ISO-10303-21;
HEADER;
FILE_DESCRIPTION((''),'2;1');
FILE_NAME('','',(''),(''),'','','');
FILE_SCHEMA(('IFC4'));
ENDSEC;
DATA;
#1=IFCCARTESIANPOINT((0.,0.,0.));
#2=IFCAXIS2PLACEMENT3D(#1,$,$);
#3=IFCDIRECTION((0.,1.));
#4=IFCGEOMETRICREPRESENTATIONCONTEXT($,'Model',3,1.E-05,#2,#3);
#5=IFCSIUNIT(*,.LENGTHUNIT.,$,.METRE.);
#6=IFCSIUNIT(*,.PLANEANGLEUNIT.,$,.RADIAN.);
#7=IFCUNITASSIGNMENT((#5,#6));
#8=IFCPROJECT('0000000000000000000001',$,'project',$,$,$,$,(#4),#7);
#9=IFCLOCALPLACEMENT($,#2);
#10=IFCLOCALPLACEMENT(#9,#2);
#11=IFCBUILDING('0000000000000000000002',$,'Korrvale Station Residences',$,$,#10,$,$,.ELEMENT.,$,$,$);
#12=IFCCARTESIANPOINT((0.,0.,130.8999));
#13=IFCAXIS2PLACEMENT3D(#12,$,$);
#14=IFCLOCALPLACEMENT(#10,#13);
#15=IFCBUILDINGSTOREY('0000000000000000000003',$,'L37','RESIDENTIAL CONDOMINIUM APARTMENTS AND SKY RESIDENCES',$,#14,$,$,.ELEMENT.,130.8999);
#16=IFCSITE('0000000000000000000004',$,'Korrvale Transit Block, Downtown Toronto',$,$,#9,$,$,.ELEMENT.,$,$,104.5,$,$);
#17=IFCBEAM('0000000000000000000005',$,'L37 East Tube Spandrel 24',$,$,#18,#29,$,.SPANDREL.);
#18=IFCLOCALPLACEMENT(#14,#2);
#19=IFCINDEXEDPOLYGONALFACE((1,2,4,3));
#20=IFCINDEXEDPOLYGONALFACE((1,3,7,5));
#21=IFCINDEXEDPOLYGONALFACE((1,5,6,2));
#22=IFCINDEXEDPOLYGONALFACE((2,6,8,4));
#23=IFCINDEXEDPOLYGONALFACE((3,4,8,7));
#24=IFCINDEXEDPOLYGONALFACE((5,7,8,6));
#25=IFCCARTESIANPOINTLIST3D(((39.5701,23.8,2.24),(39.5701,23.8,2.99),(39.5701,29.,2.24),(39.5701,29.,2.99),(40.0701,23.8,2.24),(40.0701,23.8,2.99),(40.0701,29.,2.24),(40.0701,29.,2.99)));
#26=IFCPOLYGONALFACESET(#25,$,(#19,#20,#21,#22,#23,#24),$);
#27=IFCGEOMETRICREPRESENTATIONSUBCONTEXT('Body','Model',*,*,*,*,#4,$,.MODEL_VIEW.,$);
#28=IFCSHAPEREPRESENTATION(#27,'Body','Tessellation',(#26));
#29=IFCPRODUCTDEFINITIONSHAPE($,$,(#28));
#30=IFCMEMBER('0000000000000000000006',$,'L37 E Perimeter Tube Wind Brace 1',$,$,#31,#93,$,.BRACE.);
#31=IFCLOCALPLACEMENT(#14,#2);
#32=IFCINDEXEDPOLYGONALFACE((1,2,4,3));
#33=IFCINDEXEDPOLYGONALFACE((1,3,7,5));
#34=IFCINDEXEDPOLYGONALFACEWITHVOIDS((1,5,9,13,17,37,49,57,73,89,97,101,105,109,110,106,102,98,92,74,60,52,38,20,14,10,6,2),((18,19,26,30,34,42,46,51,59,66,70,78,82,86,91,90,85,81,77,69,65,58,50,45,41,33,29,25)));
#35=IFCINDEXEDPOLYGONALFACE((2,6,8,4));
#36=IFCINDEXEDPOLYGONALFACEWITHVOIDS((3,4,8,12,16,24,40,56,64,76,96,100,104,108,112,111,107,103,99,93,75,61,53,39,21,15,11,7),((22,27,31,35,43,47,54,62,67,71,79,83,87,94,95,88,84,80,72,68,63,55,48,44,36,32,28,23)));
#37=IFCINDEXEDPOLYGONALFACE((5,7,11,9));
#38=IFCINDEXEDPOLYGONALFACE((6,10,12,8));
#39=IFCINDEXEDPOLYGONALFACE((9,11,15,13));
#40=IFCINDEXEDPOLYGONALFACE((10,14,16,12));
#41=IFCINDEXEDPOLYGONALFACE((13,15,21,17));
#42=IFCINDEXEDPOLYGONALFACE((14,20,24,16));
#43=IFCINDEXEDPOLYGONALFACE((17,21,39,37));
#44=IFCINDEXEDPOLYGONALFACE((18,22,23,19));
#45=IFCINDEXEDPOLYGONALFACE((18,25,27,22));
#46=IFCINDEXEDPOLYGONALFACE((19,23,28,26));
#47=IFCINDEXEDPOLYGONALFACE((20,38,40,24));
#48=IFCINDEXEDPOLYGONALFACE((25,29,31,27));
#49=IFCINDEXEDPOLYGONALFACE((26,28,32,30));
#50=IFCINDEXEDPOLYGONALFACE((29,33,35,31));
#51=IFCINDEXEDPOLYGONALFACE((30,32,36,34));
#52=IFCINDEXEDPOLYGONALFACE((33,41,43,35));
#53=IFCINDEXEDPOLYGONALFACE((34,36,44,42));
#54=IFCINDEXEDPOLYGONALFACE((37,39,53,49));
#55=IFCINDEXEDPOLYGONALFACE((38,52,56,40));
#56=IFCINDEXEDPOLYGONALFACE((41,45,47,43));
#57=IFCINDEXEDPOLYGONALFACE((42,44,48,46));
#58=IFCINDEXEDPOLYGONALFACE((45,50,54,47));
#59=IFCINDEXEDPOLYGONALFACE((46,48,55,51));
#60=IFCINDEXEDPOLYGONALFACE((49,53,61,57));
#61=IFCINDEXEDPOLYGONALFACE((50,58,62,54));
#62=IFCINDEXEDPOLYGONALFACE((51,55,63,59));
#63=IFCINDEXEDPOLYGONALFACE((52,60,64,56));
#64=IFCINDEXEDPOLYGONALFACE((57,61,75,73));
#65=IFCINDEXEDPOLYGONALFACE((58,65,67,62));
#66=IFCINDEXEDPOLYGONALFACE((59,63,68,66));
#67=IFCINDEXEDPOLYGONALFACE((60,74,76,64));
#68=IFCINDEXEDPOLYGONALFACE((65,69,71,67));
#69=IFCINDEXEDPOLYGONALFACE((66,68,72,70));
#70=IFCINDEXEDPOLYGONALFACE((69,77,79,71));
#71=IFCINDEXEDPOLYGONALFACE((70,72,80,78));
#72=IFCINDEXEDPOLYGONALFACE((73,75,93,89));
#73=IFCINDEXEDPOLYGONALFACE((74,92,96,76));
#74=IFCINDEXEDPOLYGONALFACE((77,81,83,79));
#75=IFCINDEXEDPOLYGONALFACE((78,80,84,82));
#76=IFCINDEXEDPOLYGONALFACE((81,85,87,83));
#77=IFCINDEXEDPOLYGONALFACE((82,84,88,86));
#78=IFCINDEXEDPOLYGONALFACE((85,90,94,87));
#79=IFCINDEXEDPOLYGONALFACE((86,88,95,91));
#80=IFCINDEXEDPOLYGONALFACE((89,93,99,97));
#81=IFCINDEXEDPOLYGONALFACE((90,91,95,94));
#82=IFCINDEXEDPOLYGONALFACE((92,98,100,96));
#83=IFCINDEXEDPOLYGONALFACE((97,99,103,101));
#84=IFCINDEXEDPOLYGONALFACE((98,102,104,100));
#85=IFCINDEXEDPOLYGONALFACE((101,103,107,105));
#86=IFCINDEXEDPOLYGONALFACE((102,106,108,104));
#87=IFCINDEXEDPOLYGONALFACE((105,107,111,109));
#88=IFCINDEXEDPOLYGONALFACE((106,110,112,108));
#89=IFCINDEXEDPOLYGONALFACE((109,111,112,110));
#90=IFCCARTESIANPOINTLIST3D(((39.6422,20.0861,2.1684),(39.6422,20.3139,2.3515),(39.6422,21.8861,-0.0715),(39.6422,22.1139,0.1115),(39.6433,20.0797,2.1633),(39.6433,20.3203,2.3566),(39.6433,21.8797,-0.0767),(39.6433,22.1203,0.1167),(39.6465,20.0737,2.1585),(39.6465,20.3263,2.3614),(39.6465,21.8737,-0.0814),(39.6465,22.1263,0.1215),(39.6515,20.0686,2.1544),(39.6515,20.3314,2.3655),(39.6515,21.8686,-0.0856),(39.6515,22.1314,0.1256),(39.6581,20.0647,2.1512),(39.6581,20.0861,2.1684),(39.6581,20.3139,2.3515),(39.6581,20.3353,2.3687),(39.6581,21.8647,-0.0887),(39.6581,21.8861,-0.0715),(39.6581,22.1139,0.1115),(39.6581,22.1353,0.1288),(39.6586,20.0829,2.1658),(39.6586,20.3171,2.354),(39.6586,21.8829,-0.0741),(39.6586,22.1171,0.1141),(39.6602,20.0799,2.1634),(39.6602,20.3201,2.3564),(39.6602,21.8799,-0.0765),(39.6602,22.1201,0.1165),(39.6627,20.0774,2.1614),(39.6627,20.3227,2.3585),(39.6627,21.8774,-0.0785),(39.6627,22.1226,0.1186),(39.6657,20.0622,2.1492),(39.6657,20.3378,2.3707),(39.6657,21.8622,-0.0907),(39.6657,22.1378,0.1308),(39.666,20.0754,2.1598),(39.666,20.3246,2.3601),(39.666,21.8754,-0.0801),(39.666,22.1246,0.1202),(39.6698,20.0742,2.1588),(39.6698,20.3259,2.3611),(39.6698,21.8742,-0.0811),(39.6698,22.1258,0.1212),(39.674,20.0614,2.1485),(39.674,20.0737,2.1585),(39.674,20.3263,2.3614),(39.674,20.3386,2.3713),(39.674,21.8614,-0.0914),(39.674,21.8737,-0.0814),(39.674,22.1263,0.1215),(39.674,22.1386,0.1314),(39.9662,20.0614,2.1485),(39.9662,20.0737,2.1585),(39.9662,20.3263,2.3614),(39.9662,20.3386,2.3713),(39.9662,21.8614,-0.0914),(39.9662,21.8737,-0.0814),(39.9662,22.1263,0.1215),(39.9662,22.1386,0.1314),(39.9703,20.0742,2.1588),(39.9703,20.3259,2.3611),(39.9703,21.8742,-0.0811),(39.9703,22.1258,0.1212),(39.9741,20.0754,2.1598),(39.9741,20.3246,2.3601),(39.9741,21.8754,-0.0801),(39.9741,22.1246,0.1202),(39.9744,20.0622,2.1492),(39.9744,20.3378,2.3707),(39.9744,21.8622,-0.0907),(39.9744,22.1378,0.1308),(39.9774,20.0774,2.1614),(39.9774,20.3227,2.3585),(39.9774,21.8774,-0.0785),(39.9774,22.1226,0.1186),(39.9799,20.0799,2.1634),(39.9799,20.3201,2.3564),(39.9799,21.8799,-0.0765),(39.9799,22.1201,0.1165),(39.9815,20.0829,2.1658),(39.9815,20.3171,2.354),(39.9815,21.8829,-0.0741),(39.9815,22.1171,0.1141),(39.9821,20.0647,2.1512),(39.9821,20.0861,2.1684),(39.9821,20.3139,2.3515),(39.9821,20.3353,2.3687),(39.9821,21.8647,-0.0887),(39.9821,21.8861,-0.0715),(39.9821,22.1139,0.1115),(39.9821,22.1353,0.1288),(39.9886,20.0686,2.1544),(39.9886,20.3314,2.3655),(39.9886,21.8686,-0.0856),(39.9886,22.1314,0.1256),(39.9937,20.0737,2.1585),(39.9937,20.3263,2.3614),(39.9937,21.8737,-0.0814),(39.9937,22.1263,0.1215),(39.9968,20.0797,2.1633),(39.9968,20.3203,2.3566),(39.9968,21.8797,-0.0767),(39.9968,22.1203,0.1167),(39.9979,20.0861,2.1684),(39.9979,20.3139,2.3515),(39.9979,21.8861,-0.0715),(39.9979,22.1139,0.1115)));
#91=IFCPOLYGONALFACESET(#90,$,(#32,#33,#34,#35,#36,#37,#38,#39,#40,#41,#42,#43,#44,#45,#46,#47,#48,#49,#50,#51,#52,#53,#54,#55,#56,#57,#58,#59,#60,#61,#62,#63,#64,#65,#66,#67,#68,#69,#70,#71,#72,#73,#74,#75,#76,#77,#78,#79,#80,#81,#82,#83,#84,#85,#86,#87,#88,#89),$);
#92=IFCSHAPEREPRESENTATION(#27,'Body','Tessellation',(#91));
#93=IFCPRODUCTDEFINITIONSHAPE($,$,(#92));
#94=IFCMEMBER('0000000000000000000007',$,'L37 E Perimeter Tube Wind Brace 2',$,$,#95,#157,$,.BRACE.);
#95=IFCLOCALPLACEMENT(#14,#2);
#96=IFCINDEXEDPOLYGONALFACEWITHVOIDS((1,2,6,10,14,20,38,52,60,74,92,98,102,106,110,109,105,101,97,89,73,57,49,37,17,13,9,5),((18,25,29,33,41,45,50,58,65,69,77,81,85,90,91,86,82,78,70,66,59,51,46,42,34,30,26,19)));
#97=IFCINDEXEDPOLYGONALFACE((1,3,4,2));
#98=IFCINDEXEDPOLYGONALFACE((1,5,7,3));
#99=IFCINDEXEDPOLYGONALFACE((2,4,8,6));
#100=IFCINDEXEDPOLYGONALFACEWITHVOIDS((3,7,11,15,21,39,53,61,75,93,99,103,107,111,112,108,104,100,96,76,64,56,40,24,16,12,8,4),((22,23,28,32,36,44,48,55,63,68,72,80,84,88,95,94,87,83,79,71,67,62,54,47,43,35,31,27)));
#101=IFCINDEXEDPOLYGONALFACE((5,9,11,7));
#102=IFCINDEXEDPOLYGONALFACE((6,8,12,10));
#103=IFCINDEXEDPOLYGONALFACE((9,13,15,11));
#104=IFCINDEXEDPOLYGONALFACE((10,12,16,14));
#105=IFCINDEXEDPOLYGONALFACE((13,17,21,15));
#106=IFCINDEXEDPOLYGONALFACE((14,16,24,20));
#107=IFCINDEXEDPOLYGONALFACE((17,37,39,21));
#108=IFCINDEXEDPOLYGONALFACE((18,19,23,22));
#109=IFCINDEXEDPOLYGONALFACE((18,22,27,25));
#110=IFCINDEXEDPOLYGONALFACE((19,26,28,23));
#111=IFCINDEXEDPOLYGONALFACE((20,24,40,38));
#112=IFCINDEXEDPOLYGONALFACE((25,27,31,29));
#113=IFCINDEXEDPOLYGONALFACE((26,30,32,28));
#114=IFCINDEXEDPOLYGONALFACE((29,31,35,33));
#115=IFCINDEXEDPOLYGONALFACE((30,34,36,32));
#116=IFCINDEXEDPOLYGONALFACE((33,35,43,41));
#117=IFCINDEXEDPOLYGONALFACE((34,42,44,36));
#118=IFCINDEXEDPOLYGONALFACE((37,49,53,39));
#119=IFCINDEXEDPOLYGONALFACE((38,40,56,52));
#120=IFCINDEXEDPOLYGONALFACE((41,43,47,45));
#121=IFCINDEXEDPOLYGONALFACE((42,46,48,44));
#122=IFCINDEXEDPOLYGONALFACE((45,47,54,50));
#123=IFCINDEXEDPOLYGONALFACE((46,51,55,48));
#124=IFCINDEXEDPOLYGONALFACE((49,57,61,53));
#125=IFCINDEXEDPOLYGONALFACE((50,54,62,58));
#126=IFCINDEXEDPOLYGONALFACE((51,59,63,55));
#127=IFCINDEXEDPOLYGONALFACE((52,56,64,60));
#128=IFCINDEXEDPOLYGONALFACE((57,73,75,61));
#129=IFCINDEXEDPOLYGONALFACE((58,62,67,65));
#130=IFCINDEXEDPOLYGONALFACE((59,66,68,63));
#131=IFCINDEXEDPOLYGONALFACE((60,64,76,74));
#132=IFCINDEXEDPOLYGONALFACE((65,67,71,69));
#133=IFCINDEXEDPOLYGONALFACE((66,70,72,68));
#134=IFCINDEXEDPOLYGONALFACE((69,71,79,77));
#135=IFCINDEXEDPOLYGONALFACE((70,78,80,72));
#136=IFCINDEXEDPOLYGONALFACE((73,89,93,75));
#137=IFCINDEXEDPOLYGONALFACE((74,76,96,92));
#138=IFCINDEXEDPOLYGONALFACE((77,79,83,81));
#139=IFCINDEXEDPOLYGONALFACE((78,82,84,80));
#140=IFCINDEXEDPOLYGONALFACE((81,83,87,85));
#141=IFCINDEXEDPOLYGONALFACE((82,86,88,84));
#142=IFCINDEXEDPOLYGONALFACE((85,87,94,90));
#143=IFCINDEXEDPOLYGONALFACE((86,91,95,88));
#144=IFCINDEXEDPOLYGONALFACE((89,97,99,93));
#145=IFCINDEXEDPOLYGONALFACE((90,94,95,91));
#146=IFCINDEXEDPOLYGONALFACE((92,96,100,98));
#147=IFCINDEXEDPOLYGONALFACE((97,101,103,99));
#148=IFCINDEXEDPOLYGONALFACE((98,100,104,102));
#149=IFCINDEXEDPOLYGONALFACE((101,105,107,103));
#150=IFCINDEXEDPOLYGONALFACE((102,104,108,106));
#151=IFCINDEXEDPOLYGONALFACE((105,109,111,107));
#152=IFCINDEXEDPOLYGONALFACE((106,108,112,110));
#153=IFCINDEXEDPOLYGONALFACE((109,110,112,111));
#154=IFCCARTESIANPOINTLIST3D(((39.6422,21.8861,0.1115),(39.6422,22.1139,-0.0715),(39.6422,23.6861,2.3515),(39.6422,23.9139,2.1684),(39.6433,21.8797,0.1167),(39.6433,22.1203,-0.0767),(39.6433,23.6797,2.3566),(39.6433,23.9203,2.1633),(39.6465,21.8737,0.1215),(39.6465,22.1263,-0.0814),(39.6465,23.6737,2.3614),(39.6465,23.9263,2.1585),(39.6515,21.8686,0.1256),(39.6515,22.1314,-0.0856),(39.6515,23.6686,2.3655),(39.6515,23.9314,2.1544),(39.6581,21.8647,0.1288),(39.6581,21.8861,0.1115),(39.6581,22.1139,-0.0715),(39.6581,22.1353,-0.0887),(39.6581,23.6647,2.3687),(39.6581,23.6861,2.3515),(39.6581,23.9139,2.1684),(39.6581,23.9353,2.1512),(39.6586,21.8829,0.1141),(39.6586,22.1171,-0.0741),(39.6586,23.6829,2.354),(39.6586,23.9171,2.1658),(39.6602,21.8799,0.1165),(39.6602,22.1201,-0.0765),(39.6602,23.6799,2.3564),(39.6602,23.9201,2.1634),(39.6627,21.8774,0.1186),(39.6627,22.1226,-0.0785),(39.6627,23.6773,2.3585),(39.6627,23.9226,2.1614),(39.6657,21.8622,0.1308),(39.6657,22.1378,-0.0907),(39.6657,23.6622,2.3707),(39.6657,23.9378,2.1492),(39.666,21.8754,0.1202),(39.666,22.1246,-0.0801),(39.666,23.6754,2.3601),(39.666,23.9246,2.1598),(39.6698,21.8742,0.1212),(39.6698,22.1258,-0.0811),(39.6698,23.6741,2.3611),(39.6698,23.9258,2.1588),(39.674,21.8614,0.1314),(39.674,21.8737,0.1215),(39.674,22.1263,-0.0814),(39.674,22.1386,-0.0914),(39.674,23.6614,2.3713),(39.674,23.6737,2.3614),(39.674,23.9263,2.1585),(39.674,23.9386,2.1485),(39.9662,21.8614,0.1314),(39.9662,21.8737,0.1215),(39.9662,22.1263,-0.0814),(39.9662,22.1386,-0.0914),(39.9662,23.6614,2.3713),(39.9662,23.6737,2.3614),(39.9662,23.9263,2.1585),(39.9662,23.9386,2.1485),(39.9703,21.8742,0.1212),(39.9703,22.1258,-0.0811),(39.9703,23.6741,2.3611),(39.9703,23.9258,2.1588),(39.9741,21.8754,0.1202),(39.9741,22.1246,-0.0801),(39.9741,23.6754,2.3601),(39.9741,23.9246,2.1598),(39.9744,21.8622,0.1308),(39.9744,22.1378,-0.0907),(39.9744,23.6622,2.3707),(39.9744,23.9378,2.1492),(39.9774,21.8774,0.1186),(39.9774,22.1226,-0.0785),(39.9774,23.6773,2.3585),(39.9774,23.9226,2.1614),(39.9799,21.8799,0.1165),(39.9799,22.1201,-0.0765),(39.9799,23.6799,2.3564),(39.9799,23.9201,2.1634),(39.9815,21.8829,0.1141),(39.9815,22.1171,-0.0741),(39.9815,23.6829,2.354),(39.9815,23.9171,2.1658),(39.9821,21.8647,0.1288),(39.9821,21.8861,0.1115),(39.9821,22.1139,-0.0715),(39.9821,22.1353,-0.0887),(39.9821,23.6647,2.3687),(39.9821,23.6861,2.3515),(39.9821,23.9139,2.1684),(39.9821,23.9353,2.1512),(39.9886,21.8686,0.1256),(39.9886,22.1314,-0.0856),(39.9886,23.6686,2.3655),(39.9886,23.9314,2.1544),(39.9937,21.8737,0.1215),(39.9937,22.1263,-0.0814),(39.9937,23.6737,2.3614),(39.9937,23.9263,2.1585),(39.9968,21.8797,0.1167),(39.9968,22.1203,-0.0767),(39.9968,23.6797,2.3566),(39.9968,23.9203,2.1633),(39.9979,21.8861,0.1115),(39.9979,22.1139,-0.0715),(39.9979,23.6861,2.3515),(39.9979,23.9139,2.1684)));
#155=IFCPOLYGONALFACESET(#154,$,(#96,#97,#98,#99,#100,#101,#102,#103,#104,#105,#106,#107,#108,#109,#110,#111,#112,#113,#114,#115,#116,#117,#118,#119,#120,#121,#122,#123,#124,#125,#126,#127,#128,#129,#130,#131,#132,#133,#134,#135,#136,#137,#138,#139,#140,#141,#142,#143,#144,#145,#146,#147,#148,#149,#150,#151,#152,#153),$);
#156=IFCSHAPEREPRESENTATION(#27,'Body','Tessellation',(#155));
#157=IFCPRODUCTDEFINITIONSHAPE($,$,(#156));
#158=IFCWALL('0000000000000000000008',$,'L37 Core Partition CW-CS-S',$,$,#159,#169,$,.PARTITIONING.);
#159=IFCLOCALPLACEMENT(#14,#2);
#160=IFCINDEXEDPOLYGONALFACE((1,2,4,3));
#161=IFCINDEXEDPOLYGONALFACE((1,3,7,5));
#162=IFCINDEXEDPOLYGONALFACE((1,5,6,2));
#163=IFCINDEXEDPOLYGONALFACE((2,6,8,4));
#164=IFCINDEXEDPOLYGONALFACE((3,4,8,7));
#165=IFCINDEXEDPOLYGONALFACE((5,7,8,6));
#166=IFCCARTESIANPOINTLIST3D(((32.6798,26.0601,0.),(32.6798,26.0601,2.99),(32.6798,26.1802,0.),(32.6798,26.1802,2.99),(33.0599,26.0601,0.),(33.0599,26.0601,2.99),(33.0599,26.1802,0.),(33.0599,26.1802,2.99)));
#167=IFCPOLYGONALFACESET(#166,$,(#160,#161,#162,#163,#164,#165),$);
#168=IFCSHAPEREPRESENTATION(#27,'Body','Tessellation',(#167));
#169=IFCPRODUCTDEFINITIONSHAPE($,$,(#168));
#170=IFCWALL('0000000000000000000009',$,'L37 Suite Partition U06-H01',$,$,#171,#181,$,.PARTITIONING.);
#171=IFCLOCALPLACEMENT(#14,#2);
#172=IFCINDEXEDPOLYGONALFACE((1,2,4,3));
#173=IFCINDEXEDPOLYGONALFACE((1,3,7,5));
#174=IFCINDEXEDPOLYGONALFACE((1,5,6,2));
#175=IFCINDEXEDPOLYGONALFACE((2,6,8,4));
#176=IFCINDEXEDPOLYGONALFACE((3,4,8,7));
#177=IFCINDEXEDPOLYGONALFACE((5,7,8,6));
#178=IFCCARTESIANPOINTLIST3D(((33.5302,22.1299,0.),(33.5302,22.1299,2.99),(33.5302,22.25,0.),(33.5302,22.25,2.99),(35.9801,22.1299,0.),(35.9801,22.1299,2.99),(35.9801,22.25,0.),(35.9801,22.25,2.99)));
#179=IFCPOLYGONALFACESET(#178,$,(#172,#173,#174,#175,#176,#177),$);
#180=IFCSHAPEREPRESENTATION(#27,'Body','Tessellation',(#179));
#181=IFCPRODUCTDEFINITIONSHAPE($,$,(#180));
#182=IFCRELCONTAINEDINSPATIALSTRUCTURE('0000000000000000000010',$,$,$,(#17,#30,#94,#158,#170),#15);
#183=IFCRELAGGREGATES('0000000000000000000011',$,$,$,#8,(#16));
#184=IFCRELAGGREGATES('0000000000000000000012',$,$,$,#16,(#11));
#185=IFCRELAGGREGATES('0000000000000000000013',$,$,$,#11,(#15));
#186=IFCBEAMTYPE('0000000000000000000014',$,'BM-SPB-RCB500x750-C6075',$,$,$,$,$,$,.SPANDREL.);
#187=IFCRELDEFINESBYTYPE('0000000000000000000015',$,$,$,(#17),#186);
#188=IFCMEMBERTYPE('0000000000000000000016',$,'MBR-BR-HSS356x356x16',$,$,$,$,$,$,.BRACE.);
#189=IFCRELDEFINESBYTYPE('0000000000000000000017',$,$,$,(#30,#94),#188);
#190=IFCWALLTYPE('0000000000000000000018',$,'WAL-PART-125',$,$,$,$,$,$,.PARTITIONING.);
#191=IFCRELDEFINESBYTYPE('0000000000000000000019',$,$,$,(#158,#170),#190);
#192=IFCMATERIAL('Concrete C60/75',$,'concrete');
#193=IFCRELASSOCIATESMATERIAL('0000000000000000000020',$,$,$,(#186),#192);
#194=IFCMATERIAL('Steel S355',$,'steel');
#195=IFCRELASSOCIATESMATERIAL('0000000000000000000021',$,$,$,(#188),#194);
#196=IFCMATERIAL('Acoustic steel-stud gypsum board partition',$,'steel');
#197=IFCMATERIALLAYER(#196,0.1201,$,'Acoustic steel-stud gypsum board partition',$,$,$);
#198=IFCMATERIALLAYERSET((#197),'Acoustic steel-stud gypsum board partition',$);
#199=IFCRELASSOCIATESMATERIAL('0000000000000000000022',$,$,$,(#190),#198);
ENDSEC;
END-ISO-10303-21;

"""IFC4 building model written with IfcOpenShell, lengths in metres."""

from ifc_helpers import new_model, si_unit, direction, frame, frame_2d, origin, origin_2d, place, context, subcontext, project, spatial, rectangle, hollow_rectangle, extrude, material, layer, layer_set, material_profile, profile_set, type_object, element, save


model = new_model("IFC4")

# Units and contexts
model_context = context("Model", 3, precision=1e-05, world=origin(), true_north=direction((0.0, 1.0)))
body_context = subcontext(model_context, "Body", "Model", "MODEL_VIEW")
ifc_project = project(units=[si_unit("LENGTHUNIT", "METRE"), si_unit("PLANEANGLEUNIT", "RADIAN")], contexts=[model_context])

# Site, building, storey
site_placement = place(None, origin())
site = spatial("IfcSite", under=ifc_project, at=site_placement, Name="Korrvale Transit Block, Downtown Toronto", CompositionType="ELEMENT", RefElevation=104.5)
building_placement = place(site_placement, origin())
building = spatial("IfcBuilding", under=site, at=building_placement, Name="Korrvale Station Residences", CompositionType="ELEMENT")
storey_placement = place(building_placement, frame((0.0, 0.0, 130.8999)))
storey = spatial("IfcBuildingStorey", under=building, at=storey_placement, Name="L37", Description="RESIDENTIAL CONDOMINIUM APARTMENTS AND SKY RESIDENCES", CompositionType="ELEMENT", Elevation=130.8999)

# Shared definitions
ifc_material_1 = material(Name="Concrete C60/75", Category="concrete")

# Beam
ifc_material_2 = material(Name="Steel S355", Category="steel")
ifc_material_profile_1 = material_profile(ifc_material_1, rectangle(XDim=0.5, YDim=0.75, at=origin_2d()), Name="RCB500x750")
ifc_profile_set_1 = profile_set([ifc_material_profile_1], Name="Concrete C60/75")
beam_type_1 = type_object("IfcBeamType", Name="BM-SPB-RCB500x750-C6075", PredefinedType="SPANDREL", material=ifc_profile_set_1)
beam_1_placement = place(storey_placement, frame((39.8201, 23.8, 2.615), z_axis=(0.0, 1.0, 0.0), x_axis=(-1.0, 0.0, 0.0)))
element("IfcBeam", 1, at=beam_1_placement, inside=storey, type_object=beam_type_1, Name="L37 East Tube Spandrel 24", PredefinedType="SPANDREL", context=body_context, shape_type="SweptSolid", body=[
    extrude(rectangle(XDim=0.5, YDim=0.75, at=origin_2d()), origin(), (0.0, 0.0, 1.0), 5.2),
])

# Members
ifc_material_profile_2 = material_profile(ifc_material_2, hollow_rectangle(XDim=0.3557, YDim=0.3557, WallThickness=0.0159, InnerFilletRadius=0.0159, OuterFilletRadius=0.0317, at=origin_2d()), Name="HSS356x356x16")
ifc_profile_set_2 = profile_set([ifc_material_profile_2], Name="Steel S355")
member_type = type_object("IfcMemberType", Name="MBR-BR-HSS356x356x16", PredefinedType="BRACE", material=ifc_profile_set_2)
for number, where, z_axis, x_axis, name in (
    (2, (39.8201, 22.0, 0.02), (0.0, -0.626403, 0.779499), (1.0, 0.0, 0.0), "L37 E Perimeter Tube Wind Brace 1"),
    (3, (39.8201, 22.0, 0.02), (0.0, 0.626403, 0.779499), (-1.0, 0.0, 0.0), "L37 E Perimeter Tube Wind Brace 2"),
):
    element("IfcMember", number, at=place(storey_placement, frame(where, z_axis=z_axis, x_axis=x_axis)), inside=storey, type_object=member_type, Name=name, PredefinedType="BRACE", context=body_context, shape_type="SweptSolid", body=[
        extrude(hollow_rectangle(XDim=0.3557, YDim=0.3557, WallThickness=0.0159, InnerFilletRadius=0.0159, OuterFilletRadius=0.0317, at=origin_2d()), origin(), (0.0, 0.0, 1.0), 2.8735),
    ])

# Walls
ifc_material_3 = material(Name="Acoustic steel-stud gypsum board partition", Category="steel")
ifc_layer_1 = layer(ifc_material_3, 0.1201, Name="Acoustic steel-stud gypsum board partition")
ifc_layer_set_1 = layer_set([ifc_layer_1], Name="Acoustic steel-stud gypsum board partition")
wall_type_1 = type_object("IfcWallType", Name="WAL-PART-125", PredefinedType="PARTITIONING", material=ifc_layer_set_1)
wall_1_placement = place(storey_placement, frame((32.6799, 26.1201, 0.0), z_axis=(0.0, 0.0, 1.0), x_axis=(1.0, 0.0, 0.0)))
element("IfcWall", 4, at=wall_1_placement, inside=storey, type_object=wall_type_1, Name="L37 Core Partition CW-CS-S", PredefinedType="PARTITIONING", context=body_context, shape_type="SweptSolid", body=[
    extrude(rectangle(XDim=0.3801, YDim=0.1201, at=frame_2d((0.1899, 0.0))), origin(), (0.0, 0.0, 1.0), 2.99),
])
wall_2_placement = place(storey_placement, frame((33.53, 22.1899, 0.0), z_axis=(0.0, 0.0, 1.0), x_axis=(1.0, 0.0, 0.0)))
element("IfcWall", 5, at=wall_2_placement, inside=storey, type_object=wall_type_1, Name="L37 Suite Partition U06-H01", PredefinedType="PARTITIONING", context=body_context, shape_type="SweptSolid", body=[
    extrude(rectangle(XDim=2.45, YDim=0.1201, at=frame_2d((1.2251, 0.0))), origin(), (0.0, 0.0, 1.0), 2.99),
])

save(model, "model.ifc")
